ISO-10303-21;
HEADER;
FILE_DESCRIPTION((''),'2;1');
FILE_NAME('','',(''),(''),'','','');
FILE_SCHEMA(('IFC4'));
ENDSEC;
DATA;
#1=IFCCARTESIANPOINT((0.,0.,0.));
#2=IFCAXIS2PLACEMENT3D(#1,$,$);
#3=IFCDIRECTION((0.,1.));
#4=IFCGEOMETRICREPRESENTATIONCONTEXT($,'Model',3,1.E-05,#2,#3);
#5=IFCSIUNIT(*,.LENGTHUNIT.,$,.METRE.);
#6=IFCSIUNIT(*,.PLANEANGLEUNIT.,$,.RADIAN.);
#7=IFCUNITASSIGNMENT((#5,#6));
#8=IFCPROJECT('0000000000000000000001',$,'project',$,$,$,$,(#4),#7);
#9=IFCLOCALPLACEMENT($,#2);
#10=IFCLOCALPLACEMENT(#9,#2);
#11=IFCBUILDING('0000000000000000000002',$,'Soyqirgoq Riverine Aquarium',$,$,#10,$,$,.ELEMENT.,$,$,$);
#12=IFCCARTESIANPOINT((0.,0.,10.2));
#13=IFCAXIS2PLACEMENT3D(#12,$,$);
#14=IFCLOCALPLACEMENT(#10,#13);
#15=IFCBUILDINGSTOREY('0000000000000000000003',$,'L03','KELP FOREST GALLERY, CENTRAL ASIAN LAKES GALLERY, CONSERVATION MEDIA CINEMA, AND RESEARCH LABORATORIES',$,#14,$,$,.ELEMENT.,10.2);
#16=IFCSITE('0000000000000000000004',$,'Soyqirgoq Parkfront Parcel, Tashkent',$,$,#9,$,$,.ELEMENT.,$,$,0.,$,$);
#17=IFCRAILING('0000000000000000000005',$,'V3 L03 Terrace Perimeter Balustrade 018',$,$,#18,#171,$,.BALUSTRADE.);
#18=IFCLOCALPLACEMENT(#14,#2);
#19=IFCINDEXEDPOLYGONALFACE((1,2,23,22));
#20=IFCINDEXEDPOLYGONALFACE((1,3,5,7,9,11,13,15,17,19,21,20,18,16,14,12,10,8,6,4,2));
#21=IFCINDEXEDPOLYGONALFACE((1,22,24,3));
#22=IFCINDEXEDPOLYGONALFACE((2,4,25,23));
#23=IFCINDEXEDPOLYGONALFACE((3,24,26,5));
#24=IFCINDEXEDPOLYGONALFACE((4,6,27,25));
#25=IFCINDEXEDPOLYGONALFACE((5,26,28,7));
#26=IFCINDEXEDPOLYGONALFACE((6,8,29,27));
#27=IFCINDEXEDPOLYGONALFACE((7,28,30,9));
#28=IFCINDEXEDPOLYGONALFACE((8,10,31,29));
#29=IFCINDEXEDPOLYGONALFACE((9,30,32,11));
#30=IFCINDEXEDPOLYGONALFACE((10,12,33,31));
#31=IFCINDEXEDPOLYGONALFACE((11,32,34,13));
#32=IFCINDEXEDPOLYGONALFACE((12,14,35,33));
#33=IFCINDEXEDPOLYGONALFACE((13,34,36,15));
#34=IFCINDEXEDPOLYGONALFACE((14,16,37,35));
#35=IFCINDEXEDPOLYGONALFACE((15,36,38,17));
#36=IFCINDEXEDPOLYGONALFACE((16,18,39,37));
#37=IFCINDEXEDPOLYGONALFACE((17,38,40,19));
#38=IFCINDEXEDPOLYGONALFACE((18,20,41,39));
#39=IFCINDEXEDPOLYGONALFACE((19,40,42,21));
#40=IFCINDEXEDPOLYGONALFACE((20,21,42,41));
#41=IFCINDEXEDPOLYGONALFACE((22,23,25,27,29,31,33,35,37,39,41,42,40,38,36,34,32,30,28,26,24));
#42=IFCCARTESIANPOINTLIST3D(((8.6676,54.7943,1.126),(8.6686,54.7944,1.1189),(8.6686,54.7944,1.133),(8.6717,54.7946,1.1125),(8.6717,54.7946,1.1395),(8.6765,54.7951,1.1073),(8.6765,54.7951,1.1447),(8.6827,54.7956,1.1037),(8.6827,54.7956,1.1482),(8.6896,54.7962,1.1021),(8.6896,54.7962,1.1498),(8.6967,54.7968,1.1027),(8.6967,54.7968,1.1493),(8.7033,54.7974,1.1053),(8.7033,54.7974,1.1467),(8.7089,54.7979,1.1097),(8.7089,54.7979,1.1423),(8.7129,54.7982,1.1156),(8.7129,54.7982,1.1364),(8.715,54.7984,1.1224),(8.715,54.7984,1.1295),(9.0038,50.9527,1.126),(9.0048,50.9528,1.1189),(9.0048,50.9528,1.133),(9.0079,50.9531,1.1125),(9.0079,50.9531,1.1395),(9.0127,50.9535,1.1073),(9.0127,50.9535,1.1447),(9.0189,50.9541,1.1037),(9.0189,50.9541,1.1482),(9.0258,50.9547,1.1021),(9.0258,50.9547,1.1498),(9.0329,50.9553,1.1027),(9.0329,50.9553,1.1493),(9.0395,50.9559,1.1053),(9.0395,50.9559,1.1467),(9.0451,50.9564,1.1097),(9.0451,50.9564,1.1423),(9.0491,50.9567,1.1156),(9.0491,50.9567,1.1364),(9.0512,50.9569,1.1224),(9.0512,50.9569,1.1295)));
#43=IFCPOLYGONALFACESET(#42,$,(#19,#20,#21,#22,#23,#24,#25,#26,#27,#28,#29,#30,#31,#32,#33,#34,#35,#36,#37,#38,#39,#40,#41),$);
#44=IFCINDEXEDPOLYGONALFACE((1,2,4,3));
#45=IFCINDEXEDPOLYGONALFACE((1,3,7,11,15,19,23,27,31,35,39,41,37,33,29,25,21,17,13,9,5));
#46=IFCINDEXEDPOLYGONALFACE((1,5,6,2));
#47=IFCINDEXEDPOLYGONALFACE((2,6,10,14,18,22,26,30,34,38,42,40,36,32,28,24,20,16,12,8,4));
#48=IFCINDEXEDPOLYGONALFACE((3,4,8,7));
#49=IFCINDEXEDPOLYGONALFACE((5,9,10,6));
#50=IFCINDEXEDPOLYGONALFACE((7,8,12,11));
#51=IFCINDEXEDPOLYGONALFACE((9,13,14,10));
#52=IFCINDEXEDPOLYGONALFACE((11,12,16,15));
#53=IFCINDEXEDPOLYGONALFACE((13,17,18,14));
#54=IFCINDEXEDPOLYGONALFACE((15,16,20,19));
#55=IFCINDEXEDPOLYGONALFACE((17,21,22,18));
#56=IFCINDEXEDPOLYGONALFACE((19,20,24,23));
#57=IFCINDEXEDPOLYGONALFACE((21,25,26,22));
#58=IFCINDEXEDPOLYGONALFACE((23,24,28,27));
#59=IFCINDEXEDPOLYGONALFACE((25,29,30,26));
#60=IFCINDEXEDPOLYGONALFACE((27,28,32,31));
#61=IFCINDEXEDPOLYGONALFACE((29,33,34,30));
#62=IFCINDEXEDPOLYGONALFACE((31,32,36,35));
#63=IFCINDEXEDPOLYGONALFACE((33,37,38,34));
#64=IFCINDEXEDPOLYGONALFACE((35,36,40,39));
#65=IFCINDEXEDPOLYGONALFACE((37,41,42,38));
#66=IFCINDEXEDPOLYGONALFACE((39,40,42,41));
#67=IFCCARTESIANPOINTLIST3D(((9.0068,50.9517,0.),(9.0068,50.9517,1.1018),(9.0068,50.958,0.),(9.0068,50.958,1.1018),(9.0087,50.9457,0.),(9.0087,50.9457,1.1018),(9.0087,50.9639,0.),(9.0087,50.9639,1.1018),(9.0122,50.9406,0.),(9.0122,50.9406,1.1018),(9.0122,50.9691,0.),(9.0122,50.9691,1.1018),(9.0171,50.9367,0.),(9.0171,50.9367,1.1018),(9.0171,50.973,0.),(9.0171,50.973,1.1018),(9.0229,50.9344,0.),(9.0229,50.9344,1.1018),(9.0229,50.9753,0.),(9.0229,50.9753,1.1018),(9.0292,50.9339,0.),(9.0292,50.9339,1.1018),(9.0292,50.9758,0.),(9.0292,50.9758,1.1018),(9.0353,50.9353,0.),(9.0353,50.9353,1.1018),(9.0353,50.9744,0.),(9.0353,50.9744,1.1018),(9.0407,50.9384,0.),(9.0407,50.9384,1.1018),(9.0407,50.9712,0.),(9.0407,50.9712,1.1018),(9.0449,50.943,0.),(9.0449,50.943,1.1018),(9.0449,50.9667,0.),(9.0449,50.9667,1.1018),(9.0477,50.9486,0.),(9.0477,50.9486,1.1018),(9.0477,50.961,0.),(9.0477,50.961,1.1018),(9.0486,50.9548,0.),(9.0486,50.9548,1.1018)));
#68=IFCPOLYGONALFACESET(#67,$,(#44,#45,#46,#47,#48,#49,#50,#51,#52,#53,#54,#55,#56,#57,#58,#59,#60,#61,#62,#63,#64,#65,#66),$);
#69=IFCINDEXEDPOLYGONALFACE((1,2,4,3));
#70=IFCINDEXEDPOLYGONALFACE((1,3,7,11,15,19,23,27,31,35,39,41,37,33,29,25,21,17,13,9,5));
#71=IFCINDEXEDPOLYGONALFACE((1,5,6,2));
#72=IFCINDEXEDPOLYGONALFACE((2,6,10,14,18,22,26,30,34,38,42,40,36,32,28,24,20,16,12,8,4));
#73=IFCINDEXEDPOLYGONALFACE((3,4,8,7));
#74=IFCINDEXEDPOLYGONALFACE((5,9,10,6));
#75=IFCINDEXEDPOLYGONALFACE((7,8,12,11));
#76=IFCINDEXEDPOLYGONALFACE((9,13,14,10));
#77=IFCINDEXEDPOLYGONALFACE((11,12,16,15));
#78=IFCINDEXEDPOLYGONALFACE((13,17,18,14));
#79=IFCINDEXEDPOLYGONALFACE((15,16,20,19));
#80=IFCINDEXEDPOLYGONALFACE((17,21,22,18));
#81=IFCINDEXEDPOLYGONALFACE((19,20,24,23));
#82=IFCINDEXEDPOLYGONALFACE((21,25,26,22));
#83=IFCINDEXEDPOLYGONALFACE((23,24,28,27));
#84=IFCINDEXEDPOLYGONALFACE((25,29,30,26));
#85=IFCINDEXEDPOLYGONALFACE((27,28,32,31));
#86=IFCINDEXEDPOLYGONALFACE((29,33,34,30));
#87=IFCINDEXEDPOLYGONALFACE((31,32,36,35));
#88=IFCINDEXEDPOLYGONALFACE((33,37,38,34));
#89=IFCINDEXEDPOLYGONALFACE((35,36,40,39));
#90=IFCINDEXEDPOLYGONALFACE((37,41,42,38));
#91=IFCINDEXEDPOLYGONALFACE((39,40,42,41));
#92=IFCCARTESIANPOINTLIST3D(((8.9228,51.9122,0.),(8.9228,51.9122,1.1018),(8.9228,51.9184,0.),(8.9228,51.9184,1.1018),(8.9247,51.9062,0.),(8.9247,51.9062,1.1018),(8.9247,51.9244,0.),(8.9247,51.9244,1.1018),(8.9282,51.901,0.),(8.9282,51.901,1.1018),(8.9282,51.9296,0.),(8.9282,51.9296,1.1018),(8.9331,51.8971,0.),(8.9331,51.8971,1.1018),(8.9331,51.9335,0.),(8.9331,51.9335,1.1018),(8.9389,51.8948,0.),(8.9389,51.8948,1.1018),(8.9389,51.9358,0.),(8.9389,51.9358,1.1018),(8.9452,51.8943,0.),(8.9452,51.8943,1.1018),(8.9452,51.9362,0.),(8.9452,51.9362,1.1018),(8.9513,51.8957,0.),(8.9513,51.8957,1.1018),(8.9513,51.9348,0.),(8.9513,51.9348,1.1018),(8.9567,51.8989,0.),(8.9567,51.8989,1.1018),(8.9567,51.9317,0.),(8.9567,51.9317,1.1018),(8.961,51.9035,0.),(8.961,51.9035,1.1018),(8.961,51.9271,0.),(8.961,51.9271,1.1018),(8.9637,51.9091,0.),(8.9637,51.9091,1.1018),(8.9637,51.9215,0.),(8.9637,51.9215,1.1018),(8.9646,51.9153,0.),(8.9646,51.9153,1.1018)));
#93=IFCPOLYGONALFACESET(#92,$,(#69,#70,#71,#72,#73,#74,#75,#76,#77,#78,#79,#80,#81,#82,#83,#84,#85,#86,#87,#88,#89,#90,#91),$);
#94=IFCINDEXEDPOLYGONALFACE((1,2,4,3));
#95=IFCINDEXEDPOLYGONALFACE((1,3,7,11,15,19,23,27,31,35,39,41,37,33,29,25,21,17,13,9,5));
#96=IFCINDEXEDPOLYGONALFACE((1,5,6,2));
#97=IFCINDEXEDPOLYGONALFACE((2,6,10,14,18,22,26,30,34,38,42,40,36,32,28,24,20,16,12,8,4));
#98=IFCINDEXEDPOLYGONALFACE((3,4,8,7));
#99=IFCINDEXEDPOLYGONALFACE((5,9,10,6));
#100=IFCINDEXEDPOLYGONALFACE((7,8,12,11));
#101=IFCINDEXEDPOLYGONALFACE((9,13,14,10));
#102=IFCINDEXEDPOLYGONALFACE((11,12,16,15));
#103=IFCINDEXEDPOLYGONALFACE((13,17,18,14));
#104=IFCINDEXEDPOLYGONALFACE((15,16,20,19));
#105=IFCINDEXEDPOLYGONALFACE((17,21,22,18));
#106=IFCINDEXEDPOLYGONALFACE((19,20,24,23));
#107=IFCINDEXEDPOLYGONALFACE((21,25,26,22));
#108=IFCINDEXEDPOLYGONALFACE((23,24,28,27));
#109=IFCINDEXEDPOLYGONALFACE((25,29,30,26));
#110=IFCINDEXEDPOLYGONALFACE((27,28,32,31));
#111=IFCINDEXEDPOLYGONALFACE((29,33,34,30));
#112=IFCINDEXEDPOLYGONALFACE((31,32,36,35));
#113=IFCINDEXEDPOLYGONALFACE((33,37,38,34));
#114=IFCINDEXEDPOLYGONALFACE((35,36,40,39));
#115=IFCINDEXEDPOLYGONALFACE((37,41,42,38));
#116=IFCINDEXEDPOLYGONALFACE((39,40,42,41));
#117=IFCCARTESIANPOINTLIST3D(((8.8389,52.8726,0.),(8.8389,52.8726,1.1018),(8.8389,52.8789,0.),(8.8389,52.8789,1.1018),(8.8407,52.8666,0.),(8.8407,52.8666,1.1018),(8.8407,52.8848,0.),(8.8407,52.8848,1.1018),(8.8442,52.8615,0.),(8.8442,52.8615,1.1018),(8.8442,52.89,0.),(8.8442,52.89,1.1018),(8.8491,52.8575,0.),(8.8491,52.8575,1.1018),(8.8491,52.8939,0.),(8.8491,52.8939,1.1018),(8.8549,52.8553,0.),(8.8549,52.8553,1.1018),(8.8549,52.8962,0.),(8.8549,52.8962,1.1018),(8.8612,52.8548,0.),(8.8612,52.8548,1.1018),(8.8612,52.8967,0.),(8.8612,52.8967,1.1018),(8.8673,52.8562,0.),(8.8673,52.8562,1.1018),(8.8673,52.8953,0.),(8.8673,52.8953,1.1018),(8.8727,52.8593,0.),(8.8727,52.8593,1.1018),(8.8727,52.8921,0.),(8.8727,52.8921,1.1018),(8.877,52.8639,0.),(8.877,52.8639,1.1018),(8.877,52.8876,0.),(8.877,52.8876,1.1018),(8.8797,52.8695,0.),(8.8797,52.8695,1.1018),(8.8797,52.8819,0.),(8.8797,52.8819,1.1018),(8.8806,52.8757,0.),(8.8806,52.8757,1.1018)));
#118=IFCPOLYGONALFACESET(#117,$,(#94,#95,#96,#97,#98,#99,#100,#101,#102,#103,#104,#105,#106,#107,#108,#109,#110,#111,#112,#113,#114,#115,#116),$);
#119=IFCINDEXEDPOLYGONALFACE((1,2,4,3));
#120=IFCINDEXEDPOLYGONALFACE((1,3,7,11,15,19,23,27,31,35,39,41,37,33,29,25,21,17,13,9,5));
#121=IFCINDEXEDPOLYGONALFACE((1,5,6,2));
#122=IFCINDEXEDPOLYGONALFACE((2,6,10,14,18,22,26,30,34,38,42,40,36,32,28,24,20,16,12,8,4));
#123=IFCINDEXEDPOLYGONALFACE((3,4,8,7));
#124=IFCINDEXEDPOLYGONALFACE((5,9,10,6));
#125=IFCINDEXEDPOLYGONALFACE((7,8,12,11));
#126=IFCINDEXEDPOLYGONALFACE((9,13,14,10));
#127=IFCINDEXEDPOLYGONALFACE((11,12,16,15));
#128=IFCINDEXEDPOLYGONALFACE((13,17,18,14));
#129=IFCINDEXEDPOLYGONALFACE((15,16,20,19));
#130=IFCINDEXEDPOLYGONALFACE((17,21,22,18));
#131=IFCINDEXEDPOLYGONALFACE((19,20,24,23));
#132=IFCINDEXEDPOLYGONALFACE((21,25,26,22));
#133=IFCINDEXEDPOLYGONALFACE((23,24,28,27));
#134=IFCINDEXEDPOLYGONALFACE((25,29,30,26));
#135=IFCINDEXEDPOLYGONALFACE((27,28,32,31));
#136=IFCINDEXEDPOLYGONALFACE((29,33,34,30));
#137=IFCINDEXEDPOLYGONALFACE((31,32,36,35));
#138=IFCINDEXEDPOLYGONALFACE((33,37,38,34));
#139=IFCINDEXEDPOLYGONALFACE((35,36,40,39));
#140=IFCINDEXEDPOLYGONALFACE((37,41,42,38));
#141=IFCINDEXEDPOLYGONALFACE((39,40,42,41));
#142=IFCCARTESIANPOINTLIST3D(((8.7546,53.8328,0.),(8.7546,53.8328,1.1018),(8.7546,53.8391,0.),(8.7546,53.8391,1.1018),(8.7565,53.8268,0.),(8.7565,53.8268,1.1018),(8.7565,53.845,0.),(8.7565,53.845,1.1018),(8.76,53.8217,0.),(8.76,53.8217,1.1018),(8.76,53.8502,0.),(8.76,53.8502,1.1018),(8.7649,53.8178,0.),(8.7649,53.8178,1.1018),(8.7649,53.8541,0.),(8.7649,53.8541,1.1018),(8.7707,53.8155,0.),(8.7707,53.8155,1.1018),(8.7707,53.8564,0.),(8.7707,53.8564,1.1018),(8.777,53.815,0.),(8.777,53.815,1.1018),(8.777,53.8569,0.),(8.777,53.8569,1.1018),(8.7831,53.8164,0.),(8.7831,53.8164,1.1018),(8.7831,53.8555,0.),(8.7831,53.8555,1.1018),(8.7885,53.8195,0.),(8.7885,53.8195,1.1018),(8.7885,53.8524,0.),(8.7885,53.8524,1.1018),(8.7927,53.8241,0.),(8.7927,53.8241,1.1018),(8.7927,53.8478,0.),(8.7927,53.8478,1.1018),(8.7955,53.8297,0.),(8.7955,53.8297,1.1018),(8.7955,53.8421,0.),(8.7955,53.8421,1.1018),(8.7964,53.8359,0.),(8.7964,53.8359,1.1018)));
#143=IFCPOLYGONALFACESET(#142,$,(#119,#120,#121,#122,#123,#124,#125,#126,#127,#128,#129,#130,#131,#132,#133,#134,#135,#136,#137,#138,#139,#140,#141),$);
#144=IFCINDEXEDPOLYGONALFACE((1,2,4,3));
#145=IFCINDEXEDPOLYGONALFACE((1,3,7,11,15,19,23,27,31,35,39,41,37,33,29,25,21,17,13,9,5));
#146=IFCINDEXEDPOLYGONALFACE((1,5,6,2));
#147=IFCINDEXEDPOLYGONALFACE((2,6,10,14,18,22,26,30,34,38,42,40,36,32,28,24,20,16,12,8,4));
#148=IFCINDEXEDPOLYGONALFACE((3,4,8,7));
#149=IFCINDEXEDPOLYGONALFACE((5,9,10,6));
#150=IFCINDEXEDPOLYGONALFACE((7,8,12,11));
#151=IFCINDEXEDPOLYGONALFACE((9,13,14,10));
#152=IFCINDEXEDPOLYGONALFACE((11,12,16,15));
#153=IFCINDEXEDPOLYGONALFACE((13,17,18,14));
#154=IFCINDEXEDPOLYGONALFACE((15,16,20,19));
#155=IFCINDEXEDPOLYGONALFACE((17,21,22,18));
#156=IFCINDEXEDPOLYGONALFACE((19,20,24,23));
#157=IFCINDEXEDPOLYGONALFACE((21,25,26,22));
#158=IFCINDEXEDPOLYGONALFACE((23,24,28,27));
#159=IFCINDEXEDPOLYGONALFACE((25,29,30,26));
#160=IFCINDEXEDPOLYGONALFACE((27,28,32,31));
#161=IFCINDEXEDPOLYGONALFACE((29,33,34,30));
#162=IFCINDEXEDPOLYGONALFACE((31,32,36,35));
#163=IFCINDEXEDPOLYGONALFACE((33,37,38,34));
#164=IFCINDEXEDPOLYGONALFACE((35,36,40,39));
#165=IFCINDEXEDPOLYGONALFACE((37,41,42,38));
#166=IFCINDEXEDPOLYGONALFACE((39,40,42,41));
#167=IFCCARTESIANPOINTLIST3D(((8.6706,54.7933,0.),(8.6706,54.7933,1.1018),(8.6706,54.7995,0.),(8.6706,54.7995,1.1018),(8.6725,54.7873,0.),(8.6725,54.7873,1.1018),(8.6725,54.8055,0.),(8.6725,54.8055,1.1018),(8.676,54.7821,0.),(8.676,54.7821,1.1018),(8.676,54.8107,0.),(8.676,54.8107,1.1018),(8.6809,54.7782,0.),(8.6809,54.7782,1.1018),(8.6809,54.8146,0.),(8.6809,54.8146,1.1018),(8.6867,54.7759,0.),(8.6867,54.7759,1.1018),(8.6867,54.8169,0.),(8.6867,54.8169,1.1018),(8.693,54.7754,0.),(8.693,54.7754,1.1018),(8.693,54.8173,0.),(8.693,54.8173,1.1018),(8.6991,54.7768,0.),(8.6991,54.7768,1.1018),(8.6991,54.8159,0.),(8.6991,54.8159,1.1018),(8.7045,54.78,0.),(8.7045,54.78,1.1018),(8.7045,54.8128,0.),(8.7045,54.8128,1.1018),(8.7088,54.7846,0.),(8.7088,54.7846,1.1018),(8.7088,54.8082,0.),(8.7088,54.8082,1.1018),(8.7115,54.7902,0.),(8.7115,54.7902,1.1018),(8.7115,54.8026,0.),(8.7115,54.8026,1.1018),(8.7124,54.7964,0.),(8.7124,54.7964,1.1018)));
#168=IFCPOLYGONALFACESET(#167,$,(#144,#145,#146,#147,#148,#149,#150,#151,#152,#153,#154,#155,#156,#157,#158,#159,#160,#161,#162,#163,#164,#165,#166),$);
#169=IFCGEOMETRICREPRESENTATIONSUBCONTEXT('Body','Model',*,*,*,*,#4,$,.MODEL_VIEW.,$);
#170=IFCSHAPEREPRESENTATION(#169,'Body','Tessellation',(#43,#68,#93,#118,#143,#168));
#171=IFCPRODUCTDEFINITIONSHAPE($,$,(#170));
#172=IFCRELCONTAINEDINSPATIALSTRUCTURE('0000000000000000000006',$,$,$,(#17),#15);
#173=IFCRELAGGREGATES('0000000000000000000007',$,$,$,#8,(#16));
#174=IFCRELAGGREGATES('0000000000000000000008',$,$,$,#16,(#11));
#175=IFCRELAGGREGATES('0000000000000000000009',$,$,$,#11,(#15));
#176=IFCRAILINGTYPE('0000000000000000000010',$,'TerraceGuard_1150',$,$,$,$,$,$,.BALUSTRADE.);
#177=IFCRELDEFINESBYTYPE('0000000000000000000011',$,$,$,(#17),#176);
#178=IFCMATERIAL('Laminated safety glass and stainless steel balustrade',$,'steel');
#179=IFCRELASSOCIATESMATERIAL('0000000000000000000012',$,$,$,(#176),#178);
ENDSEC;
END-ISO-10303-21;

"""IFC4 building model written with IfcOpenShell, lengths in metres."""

from ifc_helpers import new_model, si_unit, direction, frame, origin, origin_2d, place, context, subcontext, project, spatial, circle, extrude, material, type_object, element, save


model = new_model("IFC4")

# Units and contexts
model_context = context("Model", 3, precision=1e-05, world=origin(), true_north=direction((0.0, 1.0)))
body_context = subcontext(model_context, "Body", "Model", "MODEL_VIEW")
ifc_project = project(units=[si_unit("LENGTHUNIT", "METRE"), si_unit("PLANEANGLEUNIT", "RADIAN")], contexts=[model_context])

# Site, building, storey
site_placement = place(None, origin())
site = spatial("IfcSite", under=ifc_project, at=site_placement, Name="Soyqirgoq Parkfront Parcel, Tashkent", CompositionType="ELEMENT", RefElevation=0.0)
building_placement = place(site_placement, origin())
building = spatial("IfcBuilding", under=site, at=building_placement, Name="Soyqirgoq Riverine Aquarium", CompositionType="ELEMENT")
storey_placement = place(building_placement, frame((0.0, 0.0, 10.2)))
storey = spatial("IfcBuildingStorey", under=building, at=storey_placement, Name="L03", Description="KELP FOREST GALLERY, CENTRAL ASIAN LAKES GALLERY, CONSERVATION MEDIA CINEMA, AND RESEARCH LABORATORIES", CompositionType="ELEMENT", Elevation=10.2)

# Railing
ifc_material_1 = material(Name="Laminated safety glass and stainless steel balustrade", Category="steel")
railing_type = type_object("IfcRailingType", Name="TerraceGuard_1150", PredefinedType="BALUSTRADE", material=ifc_material_1)
railing_1_placement = place(storey_placement, frame((9.0276, 50.9548, 0.0)))
element("IfcRailing", 1, at=railing_1_placement, inside=storey, type_object=railing_type, Name="V3 L03 Terrace Perimeter Balustrade 018", PredefinedType="BALUSTRADE", context=body_context, shape_type="SweptSolid", body=[
    extrude(circle(Radius=0.0239, at=origin_2d()), frame((0.0, 0.0, 1.126), z_axis=(-0.087179, 0.996193, 0.0), x_axis=(-0.996193, -0.087179, 0.0)), (0.0, 0.0, 1.0), 3.8562),
    extrude(circle(Radius=0.021, at=origin_2d()), origin(), (0.0, 0.0, 1.0), 1.1018),
    extrude(circle(Radius=0.021, at=origin_2d()), frame((-0.084, 0.9604, 0.0)), (0.0, 0.0, 1.0), 1.1018),
    extrude(circle(Radius=0.021, at=origin_2d()), frame((-0.168, 1.9209, 0.0)), (0.0, 0.0, 1.0), 1.1018),
    extrude(circle(Radius=0.021, at=origin_2d()), frame((-0.2522, 2.8811, 0.0)), (0.0, 0.0, 1.0), 1.1018),
    extrude(circle(Radius=0.021, at=origin_2d()), frame((-0.3362, 3.8416, 0.0)), (0.0, 0.0, 1.0), 1.1018),
])

save(model, "model.ifc")
